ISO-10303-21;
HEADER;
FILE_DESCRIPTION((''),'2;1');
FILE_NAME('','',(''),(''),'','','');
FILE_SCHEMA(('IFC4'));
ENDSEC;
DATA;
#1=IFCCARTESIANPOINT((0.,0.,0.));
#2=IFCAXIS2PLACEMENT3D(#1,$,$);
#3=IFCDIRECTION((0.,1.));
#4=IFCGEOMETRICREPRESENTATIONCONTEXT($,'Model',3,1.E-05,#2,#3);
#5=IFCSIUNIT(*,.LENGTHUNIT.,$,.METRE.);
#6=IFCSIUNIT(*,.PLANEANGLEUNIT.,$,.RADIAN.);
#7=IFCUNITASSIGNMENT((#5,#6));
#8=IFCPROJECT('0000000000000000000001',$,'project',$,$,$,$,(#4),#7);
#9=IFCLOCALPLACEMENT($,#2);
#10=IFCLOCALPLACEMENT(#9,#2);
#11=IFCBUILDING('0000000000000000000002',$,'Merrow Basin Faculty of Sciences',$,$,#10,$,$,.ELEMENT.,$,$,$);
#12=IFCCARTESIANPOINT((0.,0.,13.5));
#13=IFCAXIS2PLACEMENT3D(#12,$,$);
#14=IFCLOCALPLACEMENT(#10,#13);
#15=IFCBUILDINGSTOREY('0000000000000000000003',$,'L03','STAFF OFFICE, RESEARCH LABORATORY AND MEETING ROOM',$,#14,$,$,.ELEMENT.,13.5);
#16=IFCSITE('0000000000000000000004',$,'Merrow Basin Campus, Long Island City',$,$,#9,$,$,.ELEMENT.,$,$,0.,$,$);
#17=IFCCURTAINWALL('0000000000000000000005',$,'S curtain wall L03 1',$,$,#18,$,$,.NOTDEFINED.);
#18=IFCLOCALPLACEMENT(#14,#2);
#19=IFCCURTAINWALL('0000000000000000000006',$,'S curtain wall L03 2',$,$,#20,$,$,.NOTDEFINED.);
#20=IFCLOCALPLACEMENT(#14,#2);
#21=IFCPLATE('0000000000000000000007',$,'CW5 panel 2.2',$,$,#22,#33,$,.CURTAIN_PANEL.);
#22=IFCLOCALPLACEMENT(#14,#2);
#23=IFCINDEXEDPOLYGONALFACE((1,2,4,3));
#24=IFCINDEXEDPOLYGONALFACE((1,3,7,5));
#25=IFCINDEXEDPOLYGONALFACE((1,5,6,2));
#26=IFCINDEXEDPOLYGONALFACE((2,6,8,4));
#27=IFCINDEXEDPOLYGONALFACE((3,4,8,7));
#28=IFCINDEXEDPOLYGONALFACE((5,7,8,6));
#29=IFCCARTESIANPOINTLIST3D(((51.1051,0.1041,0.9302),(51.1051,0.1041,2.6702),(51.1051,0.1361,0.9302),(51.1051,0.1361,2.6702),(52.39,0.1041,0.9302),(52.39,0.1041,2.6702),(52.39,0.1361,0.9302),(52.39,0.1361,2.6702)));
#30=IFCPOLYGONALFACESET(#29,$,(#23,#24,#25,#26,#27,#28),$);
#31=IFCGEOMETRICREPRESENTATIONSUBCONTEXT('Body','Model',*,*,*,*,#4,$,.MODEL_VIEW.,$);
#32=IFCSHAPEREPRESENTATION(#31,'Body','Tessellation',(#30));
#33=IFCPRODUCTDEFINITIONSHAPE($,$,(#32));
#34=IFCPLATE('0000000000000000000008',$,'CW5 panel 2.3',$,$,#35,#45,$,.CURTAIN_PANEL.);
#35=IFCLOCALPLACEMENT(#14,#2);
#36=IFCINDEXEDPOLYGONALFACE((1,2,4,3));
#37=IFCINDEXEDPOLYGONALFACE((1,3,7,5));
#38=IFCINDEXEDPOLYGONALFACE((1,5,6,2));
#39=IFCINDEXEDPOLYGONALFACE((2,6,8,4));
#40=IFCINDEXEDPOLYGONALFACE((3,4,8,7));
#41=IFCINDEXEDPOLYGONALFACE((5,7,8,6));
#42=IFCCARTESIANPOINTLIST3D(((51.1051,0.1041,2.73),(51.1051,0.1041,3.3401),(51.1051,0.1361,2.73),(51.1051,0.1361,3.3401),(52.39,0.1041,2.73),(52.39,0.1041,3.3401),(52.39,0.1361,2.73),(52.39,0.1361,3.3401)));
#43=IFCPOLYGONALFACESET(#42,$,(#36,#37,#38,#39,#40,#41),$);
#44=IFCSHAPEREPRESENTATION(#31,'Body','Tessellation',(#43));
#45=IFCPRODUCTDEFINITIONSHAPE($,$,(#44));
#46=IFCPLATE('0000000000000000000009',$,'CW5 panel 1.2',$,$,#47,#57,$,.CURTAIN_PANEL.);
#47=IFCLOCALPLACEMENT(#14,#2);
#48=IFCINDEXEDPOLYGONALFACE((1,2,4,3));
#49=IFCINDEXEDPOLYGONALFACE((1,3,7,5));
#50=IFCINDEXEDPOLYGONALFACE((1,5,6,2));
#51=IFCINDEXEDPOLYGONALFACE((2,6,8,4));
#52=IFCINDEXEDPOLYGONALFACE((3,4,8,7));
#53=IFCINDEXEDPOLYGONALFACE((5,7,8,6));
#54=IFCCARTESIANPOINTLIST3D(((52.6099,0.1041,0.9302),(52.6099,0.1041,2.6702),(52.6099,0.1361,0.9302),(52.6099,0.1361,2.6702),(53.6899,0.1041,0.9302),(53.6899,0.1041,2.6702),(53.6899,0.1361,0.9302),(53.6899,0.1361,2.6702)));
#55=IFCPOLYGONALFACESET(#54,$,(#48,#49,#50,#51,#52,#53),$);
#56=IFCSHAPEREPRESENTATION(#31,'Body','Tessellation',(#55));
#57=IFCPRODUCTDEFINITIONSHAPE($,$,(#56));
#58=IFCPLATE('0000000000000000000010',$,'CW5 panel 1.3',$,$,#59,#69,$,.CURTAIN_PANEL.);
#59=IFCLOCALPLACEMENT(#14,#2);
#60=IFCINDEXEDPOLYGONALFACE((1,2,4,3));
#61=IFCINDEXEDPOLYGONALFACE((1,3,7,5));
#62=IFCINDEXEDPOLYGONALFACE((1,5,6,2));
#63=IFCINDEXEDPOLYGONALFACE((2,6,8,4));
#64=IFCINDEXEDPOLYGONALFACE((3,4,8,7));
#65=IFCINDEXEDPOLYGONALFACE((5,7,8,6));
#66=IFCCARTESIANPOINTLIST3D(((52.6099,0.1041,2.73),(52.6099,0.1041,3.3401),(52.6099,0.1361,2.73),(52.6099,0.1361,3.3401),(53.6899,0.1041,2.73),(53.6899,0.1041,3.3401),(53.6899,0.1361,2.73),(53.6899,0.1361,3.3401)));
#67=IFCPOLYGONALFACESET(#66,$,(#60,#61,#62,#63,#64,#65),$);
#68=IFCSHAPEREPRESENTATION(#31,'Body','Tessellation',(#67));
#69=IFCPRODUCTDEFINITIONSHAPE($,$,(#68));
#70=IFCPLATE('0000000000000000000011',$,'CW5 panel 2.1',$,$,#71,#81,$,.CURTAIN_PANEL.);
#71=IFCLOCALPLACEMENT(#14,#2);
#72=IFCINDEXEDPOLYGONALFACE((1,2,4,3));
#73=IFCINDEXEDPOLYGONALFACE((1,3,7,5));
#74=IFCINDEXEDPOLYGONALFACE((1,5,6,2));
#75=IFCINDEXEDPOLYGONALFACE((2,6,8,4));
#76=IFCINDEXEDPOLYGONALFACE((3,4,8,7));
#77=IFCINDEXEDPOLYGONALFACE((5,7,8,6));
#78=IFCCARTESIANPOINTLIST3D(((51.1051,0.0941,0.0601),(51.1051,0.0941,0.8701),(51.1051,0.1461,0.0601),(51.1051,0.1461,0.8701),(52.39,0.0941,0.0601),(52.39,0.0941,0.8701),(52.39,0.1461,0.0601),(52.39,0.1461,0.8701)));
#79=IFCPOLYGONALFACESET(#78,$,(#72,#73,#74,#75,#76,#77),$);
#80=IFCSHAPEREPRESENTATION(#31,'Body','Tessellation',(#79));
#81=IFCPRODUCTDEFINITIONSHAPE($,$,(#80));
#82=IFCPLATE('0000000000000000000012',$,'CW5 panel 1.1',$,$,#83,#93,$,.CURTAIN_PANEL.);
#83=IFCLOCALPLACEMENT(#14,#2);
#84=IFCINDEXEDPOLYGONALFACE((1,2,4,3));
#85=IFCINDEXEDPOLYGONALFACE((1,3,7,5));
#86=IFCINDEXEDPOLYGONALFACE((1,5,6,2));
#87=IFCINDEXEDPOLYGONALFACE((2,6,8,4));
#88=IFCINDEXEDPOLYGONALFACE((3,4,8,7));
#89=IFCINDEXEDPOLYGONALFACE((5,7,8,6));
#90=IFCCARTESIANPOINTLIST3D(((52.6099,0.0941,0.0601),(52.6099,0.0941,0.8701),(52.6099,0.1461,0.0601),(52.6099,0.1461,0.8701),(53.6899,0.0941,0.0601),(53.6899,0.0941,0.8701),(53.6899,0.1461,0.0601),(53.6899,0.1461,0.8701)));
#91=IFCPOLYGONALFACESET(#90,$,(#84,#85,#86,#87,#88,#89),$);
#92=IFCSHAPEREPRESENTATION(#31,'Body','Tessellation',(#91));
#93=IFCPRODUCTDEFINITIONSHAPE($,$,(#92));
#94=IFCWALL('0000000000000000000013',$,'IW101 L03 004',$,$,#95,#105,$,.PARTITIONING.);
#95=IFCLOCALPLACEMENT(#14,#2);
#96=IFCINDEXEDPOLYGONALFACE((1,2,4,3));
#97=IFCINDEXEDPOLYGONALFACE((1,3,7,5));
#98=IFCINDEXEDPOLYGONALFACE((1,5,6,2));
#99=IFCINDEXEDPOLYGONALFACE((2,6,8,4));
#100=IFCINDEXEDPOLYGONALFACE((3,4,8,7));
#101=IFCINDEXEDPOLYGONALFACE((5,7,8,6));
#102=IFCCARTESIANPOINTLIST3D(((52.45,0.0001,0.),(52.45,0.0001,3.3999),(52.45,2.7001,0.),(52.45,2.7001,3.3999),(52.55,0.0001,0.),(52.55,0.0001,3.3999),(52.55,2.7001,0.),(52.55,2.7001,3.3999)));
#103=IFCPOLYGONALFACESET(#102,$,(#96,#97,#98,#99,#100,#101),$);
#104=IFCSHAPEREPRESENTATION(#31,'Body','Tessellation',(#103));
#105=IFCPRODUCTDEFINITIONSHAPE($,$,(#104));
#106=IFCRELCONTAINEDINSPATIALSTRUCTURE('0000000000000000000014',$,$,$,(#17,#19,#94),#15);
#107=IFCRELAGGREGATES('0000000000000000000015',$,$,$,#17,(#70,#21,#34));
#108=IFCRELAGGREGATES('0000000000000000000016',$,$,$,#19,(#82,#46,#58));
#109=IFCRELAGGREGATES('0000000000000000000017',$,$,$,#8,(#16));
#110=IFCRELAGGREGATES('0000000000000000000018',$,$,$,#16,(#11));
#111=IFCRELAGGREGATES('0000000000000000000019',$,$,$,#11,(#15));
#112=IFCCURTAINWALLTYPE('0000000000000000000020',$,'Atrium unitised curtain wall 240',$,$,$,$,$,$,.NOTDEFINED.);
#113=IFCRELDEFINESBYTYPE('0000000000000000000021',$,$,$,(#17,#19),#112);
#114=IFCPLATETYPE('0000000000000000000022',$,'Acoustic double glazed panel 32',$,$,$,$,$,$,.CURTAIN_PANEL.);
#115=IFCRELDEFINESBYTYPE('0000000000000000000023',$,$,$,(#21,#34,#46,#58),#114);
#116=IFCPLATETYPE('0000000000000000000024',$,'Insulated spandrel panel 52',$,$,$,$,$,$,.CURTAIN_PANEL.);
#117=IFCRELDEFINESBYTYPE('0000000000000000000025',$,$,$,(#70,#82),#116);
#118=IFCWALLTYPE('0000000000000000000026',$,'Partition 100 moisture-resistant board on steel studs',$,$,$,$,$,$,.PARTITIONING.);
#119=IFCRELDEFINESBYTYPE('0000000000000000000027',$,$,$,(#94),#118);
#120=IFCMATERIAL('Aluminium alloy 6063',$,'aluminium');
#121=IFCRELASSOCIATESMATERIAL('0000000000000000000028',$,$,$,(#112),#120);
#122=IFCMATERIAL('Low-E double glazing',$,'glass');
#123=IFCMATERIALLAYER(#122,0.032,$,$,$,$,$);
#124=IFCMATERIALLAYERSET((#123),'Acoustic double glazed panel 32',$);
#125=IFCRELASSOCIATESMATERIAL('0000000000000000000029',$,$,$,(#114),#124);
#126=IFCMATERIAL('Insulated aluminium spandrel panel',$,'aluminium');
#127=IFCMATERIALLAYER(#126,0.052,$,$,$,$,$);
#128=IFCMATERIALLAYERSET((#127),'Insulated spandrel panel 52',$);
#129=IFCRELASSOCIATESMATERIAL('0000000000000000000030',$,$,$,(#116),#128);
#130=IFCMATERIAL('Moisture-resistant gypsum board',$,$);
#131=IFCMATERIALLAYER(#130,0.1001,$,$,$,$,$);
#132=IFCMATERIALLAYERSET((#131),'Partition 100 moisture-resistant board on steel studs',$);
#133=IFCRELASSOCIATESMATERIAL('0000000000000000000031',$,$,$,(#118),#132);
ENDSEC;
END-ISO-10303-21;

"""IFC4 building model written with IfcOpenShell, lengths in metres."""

from ifc_helpers import new_model, si_unit, direction, frame, frame_2d, origin, origin_2d, place, context, subcontext, project, spatial, rectangle, extrude, material, layer, layer_set, type_object, element, aggregate, save


model = new_model("IFC4")

# Units and contexts
model_context = context("Model", 3, precision=1e-05, world=origin(), true_north=direction((0.0, 1.0)))
body_context = subcontext(model_context, "Body", "Model", "MODEL_VIEW")
ifc_project = project(units=[si_unit("LENGTHUNIT", "METRE"), si_unit("PLANEANGLEUNIT", "RADIAN")], contexts=[model_context])

# Site, building, storey
site_placement = place(None, origin())
site = spatial("IfcSite", under=ifc_project, at=site_placement, Name="Merrow Basin Campus, Long Island City", CompositionType="ELEMENT", RefElevation=0.0)
building_placement = place(site_placement, origin())
building = spatial("IfcBuilding", under=site, at=building_placement, Name="Merrow Basin Faculty of Sciences", CompositionType="ELEMENT")
storey_placement = place(building_placement, frame((0.0, 0.0, 13.5)))
storey = spatial("IfcBuildingStorey", under=building, at=storey_placement, Name="L03", Description="STAFF OFFICE, RESEARCH LABORATORY AND MEETING ROOM", CompositionType="ELEMENT", Elevation=13.5)

# Curtain wall
ifc_material_1 = material(Name="Aluminium alloy 6063", Category="aluminium")
curtain_wall_type = type_object("IfcCurtainWallType", Name="Atrium unitised curtain wall 240", PredefinedType="NOTDEFINED", material=ifc_material_1)
curtain_wall_1_placement = place(storey_placement, origin())
curtain_wall_1 = element("IfcCurtainWall", 1, at=curtain_wall_1_placement, inside=storey, type_object=curtain_wall_type, Name="S curtain wall L03 1", PredefinedType="NOTDEFINED")

# Curtain wall
curtain_wall_2_placement = place(storey_placement, origin())
curtain_wall_2 = element("IfcCurtainWall", 2, at=curtain_wall_2_placement, inside=storey, type_object=curtain_wall_type, Name="S curtain wall L03 2", PredefinedType="NOTDEFINED")

# Plates
ifc_material_2 = material(Name="Low-E double glazing", Category="glass")
ifc_layer_1 = layer(ifc_material_2, 0.032)
ifc_layer_set_1 = layer_set([ifc_layer_1], Name="Acoustic double glazed panel 32")
plate_type_1 = type_object("IfcPlateType", Name="Acoustic double glazed panel 32", PredefinedType="CURTAIN_PANEL", material=ifc_layer_set_1)
plate_1_placement = place(storey_placement, frame((51.7476, 0.1201, 0.9302), z_axis=(0.0, 0.0, 1.0), x_axis=(1.0, 0.0, 0.0)))
plate_1 = element("IfcPlate", 3, at=plate_1_placement, type_object=plate_type_1, Name="CW5 panel 2.2", PredefinedType="CURTAIN_PANEL", context=body_context, shape_type="SweptSolid", body=[
    extrude(rectangle(XDim=1.2849, YDim=0.032, at=origin_2d()), origin(), (0.0, 0.0, 1.0), 1.74),
])
plate_2_placement = place(storey_placement, frame((51.7476, 0.1201, 2.73), z_axis=(0.0, 0.0, 1.0), x_axis=(1.0, 0.0, 0.0)))
plate_2 = element("IfcPlate", 4, at=plate_2_placement, type_object=plate_type_1, Name="CW5 panel 2.3", PredefinedType="CURTAIN_PANEL", context=body_context, shape_type="SweptSolid", body=[
    extrude(rectangle(XDim=1.2849, YDim=0.032, at=origin_2d()), origin(), (0.0, 0.0, 1.0), 0.6101),
])
plate_3_placement = place(storey_placement, frame((53.1499, 0.1201, 0.9302), z_axis=(0.0, 0.0, 1.0), x_axis=(1.0, 0.0, 0.0)))
plate_3 = element("IfcPlate", 5, at=plate_3_placement, type_object=plate_type_1, Name="CW5 panel 1.2", PredefinedType="CURTAIN_PANEL", context=body_context, shape_type="SweptSolid", body=[
    extrude(rectangle(XDim=1.0801, YDim=0.032, at=origin_2d()), origin(), (0.0, 0.0, 1.0), 1.74),
])
plate_4_placement = place(storey_placement, frame((53.1499, 0.1201, 2.73), z_axis=(0.0, 0.0, 1.0), x_axis=(1.0, 0.0, 0.0)))
plate_4 = element("IfcPlate", 6, at=plate_4_placement, type_object=plate_type_1, Name="CW5 panel 1.3", PredefinedType="CURTAIN_PANEL", context=body_context, shape_type="SweptSolid", body=[
    extrude(rectangle(XDim=1.0801, YDim=0.032, at=origin_2d()), origin(), (0.0, 0.0, 1.0), 0.6101),
])
ifc_material_3 = material(Name="Insulated aluminium spandrel panel", Category="aluminium")
ifc_layer_2 = layer(ifc_material_3, 0.052)
ifc_layer_set_2 = layer_set([ifc_layer_2], Name="Insulated spandrel panel 52")
plate_type_2 = type_object("IfcPlateType", Name="Insulated spandrel panel 52", PredefinedType="CURTAIN_PANEL", material=ifc_layer_set_2)
plate_5_placement = place(storey_placement, frame((51.7476, 0.1201, 0.0601), z_axis=(0.0, 0.0, 1.0), x_axis=(1.0, 0.0, 0.0)))
plate_5 = element("IfcPlate", 7, at=plate_5_placement, type_object=plate_type_2, Name="CW5 panel 2.1", PredefinedType="CURTAIN_PANEL", context=body_context, shape_type="SweptSolid", body=[
    extrude(rectangle(XDim=1.2849, YDim=0.052, at=origin_2d()), origin(), (0.0, 0.0, 1.0), 0.8101),
])
aggregate(curtain_wall_1, [plate_5, plate_1, plate_2])
plate_6_placement = place(storey_placement, frame((53.1499, 0.1201, 0.0601), z_axis=(0.0, 0.0, 1.0), x_axis=(1.0, 0.0, 0.0)))
plate_6 = element("IfcPlate", 8, at=plate_6_placement, type_object=plate_type_2, Name="CW5 panel 1.1", PredefinedType="CURTAIN_PANEL", context=body_context, shape_type="SweptSolid", body=[
    extrude(rectangle(XDim=1.0801, YDim=0.052, at=origin_2d()), origin(), (0.0, 0.0, 1.0), 0.8101),
])
aggregate(curtain_wall_2, [plate_6, plate_3, plate_4])

# Wall
ifc_material_4 = material(Name="Moisture-resistant gypsum board")
ifc_layer_3 = layer(ifc_material_4, 0.1001)
ifc_layer_set_3 = layer_set([ifc_layer_3], Name="Partition 100 moisture-resistant board on steel studs")
wall_type = type_object("IfcWallType", Name="Partition 100 moisture-resistant board on steel studs", PredefinedType="PARTITIONING", material=ifc_layer_set_3)
wall_placement = place(storey_placement, frame((52.5, 0.0, 0.0), z_axis=(0.0, 0.0, 1.0), x_axis=(0.0, 1.0, 0.0)))
element("IfcWall", 9, at=wall_placement, inside=storey, type_object=wall_type, Name="IW101 L03 004", PredefinedType="PARTITIONING", context=body_context, shape_type="SweptSolid", body=[
    extrude(rectangle(XDim=2.7, YDim=0.1001, at=frame_2d((1.3501, 0.0))), origin(), (0.0, 0.0, 1.0), 3.3999),
])

save(model, "model.ifc")
